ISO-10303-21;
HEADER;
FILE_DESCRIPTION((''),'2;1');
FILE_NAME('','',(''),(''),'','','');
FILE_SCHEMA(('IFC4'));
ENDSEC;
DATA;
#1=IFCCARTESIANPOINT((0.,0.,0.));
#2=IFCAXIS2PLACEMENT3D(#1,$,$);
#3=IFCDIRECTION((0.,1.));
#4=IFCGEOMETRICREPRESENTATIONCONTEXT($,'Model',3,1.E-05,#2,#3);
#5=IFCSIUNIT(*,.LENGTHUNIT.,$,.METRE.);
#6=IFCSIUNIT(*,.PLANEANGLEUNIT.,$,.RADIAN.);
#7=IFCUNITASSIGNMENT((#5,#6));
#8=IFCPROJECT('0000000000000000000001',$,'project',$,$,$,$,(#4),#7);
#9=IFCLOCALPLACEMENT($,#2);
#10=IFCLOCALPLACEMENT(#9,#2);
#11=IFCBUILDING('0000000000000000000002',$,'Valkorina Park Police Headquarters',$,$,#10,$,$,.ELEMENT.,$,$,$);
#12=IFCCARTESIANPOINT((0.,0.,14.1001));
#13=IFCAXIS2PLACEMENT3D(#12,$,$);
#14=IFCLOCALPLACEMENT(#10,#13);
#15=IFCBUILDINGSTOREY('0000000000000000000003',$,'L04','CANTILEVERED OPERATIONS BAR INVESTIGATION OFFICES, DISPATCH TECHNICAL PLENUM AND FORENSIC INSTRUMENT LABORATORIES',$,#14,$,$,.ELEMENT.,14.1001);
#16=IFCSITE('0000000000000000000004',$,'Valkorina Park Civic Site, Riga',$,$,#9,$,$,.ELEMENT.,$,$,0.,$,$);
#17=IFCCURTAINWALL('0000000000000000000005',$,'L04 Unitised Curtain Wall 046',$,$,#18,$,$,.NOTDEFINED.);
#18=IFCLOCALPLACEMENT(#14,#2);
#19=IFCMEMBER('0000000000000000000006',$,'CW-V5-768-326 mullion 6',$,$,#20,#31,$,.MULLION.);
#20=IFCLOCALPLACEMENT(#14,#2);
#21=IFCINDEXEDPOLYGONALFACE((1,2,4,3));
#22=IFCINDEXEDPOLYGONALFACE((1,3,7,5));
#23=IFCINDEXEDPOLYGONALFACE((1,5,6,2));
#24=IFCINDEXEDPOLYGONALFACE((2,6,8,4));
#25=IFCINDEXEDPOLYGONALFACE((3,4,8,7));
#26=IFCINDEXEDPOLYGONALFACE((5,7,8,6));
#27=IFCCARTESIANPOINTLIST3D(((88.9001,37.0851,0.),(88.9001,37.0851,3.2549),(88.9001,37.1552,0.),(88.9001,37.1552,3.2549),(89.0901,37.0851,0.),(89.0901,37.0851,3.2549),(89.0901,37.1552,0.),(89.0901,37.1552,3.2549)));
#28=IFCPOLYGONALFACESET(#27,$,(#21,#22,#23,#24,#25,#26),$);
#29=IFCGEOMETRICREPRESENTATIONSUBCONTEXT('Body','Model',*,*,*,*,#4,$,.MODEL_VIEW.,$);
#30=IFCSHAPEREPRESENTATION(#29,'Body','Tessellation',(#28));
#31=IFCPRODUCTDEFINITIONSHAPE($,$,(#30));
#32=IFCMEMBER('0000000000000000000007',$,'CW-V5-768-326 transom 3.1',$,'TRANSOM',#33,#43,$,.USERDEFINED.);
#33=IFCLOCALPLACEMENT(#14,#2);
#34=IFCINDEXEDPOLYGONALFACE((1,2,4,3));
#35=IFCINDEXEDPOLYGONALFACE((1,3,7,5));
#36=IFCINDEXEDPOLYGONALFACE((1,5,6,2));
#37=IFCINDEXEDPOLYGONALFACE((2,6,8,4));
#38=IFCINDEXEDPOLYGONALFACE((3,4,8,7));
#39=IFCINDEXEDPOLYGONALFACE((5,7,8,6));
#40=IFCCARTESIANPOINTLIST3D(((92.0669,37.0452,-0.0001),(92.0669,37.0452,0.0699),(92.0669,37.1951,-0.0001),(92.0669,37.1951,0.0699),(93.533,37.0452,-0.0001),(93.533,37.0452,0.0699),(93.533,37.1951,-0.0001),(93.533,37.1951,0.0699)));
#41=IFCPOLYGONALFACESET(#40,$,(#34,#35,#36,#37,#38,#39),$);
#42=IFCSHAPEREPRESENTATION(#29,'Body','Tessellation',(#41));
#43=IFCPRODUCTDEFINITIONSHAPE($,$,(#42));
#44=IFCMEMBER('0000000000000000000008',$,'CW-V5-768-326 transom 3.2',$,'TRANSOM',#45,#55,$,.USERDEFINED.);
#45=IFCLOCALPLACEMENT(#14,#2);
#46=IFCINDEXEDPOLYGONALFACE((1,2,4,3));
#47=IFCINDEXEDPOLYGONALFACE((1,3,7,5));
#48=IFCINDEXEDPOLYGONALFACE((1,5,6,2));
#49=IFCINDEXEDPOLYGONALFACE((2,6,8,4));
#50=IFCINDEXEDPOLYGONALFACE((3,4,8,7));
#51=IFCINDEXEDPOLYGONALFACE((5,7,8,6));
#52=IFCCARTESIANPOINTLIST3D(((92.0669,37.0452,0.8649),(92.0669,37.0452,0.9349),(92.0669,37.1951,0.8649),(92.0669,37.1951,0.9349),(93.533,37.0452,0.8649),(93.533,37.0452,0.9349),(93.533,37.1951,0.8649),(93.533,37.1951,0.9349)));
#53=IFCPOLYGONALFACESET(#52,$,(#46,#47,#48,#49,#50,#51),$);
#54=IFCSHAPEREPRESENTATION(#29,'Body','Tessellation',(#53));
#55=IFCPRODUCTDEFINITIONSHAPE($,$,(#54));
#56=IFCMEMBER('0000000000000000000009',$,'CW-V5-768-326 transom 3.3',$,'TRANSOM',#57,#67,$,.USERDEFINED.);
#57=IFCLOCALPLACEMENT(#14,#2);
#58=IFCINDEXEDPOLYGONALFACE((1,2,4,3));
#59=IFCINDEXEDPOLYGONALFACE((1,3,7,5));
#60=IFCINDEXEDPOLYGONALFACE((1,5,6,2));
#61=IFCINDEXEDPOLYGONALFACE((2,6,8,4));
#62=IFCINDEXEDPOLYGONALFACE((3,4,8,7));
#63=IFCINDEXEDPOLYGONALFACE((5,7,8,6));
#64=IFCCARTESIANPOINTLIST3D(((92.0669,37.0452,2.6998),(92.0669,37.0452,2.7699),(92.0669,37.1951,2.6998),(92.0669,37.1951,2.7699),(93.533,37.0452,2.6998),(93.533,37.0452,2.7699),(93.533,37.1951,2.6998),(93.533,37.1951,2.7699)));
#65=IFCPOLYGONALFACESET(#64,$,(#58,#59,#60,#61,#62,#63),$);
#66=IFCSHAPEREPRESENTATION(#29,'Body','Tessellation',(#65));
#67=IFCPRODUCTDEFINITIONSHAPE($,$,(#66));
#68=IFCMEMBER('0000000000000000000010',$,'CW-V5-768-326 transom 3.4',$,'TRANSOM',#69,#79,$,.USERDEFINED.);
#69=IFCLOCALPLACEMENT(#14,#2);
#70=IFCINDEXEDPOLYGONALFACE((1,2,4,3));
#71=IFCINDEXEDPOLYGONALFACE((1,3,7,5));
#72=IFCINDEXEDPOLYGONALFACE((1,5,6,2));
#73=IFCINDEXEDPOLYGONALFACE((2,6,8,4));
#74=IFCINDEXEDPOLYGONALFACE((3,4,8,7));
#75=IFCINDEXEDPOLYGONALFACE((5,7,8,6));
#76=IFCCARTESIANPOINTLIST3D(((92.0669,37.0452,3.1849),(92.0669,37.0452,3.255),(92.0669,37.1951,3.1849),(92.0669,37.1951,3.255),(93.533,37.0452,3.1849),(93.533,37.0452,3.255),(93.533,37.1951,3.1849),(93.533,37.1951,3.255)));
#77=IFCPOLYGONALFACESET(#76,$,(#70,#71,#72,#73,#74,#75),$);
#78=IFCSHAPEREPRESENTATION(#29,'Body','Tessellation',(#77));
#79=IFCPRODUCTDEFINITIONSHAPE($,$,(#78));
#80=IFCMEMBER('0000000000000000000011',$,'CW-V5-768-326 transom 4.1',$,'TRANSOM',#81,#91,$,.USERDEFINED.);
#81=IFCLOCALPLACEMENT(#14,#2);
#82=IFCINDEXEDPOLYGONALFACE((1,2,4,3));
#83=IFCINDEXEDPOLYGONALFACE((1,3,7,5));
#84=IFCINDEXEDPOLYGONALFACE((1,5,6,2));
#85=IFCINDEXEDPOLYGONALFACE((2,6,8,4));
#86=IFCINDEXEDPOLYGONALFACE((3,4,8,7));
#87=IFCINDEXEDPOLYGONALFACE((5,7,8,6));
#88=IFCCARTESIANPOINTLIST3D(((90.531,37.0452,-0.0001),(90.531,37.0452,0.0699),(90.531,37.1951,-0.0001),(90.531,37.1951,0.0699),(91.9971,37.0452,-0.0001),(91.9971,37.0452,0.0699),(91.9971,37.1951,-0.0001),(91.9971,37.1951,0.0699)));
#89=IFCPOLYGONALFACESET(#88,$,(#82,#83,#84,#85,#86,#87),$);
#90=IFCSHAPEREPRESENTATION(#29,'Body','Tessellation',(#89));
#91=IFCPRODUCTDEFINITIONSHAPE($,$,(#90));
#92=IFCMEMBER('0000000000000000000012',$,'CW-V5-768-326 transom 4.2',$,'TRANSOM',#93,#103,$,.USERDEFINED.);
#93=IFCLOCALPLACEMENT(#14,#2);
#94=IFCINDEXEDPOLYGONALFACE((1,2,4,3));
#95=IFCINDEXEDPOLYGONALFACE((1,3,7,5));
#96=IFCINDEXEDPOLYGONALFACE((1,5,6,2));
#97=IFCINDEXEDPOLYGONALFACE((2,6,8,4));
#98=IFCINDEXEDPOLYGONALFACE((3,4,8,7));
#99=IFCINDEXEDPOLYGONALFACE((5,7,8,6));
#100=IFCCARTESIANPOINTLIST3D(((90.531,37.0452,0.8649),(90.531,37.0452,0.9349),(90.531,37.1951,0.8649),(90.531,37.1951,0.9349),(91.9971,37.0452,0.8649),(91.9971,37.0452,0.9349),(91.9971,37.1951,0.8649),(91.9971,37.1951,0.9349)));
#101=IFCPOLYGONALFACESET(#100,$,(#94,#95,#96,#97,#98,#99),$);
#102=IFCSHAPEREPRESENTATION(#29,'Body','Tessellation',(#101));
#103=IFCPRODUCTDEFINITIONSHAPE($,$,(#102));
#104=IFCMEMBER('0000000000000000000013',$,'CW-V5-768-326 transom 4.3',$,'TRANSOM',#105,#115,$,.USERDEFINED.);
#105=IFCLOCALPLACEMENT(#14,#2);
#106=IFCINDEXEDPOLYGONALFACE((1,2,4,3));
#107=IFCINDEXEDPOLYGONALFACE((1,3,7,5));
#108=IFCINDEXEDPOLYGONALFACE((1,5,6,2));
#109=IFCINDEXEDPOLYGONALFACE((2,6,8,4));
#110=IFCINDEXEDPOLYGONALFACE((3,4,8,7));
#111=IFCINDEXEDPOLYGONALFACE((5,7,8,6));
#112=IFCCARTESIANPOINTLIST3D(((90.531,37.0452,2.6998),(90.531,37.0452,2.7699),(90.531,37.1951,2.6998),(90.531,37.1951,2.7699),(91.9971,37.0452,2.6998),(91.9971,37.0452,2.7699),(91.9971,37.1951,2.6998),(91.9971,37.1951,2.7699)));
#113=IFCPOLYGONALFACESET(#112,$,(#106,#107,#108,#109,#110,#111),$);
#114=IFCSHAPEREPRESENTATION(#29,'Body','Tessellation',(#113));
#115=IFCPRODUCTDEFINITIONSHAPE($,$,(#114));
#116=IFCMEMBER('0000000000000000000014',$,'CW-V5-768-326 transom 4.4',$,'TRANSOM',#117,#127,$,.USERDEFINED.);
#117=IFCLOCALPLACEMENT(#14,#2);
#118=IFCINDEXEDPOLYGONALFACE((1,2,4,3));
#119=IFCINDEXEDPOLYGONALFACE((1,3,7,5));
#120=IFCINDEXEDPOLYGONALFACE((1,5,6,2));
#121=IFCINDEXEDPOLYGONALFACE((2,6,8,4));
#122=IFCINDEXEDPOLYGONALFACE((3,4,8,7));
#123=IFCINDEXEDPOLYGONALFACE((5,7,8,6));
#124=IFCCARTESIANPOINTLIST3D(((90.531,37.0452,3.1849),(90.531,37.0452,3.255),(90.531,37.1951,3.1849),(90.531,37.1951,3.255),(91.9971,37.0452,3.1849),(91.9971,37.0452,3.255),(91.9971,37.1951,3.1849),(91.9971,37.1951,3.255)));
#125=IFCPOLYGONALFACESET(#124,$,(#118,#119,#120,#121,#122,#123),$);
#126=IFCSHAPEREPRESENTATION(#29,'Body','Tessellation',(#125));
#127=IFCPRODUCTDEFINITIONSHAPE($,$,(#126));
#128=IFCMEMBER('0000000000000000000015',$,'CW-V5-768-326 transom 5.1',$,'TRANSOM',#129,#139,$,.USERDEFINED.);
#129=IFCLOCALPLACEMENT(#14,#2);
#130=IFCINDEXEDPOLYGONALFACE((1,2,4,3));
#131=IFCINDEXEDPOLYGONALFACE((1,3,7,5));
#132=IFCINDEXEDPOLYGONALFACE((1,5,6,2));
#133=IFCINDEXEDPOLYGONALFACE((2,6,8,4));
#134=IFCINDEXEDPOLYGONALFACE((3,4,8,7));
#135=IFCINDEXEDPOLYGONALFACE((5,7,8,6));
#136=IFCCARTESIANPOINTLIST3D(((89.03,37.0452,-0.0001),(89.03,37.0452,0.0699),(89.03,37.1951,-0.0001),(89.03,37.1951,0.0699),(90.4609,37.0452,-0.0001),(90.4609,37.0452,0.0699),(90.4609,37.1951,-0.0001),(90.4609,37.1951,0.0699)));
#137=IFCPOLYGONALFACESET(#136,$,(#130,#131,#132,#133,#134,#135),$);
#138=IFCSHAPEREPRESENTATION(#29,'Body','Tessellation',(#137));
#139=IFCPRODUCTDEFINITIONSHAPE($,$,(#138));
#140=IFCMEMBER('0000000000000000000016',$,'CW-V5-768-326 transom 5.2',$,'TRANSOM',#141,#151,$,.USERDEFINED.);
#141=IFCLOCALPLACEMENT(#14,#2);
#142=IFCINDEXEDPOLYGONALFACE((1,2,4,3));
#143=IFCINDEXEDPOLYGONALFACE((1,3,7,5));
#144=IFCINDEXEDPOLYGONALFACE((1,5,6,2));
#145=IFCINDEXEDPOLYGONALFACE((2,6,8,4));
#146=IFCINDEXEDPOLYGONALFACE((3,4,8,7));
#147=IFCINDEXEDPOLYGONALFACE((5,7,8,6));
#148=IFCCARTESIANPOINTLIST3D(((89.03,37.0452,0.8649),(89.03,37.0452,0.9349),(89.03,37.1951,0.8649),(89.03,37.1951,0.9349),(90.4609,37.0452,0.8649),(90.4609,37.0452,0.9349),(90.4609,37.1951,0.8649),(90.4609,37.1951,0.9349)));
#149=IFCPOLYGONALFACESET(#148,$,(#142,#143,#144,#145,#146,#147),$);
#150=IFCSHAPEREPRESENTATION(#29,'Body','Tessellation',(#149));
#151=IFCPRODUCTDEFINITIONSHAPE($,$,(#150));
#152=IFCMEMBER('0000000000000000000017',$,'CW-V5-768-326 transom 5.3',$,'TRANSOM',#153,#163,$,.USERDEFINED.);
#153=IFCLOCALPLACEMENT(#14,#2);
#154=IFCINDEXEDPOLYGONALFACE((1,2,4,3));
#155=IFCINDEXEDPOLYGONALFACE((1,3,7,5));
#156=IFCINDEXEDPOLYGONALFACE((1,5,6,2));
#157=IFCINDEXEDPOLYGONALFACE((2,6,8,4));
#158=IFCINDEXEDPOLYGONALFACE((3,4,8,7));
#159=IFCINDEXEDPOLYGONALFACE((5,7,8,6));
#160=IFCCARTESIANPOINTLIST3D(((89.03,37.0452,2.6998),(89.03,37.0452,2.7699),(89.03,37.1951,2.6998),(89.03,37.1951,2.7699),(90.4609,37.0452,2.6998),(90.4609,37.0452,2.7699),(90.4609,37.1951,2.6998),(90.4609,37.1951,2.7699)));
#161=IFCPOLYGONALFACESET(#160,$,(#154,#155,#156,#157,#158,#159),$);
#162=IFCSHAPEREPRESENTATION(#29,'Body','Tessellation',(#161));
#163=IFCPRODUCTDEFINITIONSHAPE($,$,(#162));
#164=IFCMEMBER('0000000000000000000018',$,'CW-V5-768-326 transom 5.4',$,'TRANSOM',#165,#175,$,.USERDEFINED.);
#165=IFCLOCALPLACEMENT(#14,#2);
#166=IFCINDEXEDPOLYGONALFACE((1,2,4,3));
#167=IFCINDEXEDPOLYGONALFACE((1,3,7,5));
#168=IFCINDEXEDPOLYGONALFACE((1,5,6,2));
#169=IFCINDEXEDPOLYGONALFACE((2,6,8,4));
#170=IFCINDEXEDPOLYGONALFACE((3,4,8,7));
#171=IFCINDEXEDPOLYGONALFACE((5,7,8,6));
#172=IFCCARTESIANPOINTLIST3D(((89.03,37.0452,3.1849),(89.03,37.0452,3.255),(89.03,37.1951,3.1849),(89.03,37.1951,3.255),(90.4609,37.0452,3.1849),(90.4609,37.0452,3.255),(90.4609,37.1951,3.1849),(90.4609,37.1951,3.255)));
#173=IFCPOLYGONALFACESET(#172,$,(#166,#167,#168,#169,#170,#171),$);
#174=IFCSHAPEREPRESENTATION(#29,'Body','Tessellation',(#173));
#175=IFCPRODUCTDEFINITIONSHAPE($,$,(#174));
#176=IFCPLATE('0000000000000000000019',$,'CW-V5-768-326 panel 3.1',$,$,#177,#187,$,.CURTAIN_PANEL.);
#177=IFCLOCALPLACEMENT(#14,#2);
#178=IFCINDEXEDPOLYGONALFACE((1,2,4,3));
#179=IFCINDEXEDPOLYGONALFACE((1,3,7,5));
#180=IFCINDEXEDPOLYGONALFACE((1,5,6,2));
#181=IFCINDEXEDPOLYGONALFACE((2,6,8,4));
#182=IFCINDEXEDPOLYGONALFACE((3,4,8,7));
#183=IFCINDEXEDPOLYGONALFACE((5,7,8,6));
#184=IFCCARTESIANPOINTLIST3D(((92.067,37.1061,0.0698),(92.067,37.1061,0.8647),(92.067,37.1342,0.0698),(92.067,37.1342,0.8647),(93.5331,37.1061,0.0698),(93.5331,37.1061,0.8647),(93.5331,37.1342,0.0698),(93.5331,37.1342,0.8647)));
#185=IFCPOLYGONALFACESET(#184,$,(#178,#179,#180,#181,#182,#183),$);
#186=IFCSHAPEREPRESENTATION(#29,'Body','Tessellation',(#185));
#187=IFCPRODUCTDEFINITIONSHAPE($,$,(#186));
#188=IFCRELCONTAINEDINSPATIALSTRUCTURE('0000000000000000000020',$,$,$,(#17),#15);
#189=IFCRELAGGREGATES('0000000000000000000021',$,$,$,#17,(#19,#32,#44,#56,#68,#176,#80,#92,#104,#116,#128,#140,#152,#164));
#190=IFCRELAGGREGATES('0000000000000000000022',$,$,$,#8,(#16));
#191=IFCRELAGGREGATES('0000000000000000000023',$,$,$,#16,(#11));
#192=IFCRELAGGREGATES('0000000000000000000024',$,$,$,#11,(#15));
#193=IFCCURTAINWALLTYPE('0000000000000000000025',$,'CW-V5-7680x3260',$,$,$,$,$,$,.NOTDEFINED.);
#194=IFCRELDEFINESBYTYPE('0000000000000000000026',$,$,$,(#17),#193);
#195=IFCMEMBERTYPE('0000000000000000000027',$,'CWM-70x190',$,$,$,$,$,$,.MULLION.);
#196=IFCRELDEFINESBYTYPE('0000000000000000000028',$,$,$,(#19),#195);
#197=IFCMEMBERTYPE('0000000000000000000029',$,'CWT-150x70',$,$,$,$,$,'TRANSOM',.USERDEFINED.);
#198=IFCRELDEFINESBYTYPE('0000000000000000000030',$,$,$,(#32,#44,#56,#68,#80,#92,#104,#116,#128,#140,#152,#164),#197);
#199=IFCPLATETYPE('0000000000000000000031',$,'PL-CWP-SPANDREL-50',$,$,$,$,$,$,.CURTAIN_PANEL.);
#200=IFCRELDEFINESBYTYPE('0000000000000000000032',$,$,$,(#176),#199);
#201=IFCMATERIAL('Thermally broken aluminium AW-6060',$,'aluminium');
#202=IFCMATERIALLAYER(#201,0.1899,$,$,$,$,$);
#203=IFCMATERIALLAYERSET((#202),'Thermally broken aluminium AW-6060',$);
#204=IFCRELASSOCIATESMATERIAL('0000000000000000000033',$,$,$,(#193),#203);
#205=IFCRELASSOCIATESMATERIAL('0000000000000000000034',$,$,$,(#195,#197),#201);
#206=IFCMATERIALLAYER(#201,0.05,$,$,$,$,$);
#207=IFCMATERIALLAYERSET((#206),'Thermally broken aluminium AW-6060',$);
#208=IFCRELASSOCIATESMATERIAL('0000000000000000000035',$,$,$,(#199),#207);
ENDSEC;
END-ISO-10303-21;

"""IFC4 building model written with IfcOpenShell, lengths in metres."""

from ifc_helpers import new_model, si_unit, direction, frame, origin, origin_2d, place, context, subcontext, project, spatial, rectangle, extrude, material, layer, layer_set, material_profile, profile_set, type_object, element, aggregate, save


model = new_model("IFC4")

# Units and contexts
model_context = context("Model", 3, precision=1e-05, world=origin(), true_north=direction((0.0, 1.0)))
body_context = subcontext(model_context, "Body", "Model", "MODEL_VIEW")
ifc_project = project(units=[si_unit("LENGTHUNIT", "METRE"), si_unit("PLANEANGLEUNIT", "RADIAN")], contexts=[model_context])

# Site, building, storey
site_placement = place(None, origin())
site = spatial("IfcSite", under=ifc_project, at=site_placement, Name="Valkorina Park Civic Site, Riga", CompositionType="ELEMENT", RefElevation=0.0)
building_placement = place(site_placement, origin())
building = spatial("IfcBuilding", under=site, at=building_placement, Name="Valkorina Park Police Headquarters", CompositionType="ELEMENT")
storey_placement = place(building_placement, frame((0.0, 0.0, 14.1001)))
storey = spatial("IfcBuildingStorey", under=building, at=storey_placement, Name="L04", Description="CANTILEVERED OPERATIONS BAR INVESTIGATION OFFICES, DISPATCH TECHNICAL PLENUM AND FORENSIC INSTRUMENT LABORATORIES", CompositionType="ELEMENT", Elevation=14.1001)

# Curtain wall, members, plate
ifc_material_1 = material(Name="Thermally broken aluminium AW-6060", Category="aluminium")
ifc_layer_1 = layer(ifc_material_1, 0.1899)
ifc_layer_set_1 = layer_set([ifc_layer_1], Name="Thermally broken aluminium AW-6060")
curtain_wall_type = type_object("IfcCurtainWallType", Name="CW-V5-7680x3260", PredefinedType="NOTDEFINED", material=ifc_layer_set_1)
curtain_wall_placement = place(storey_placement, origin())
curtain_wall = element("IfcCurtainWall", 1, at=curtain_wall_placement, inside=storey, type_object=curtain_wall_type, Name="L04 Unitised Curtain Wall 046", PredefinedType="NOTDEFINED")
ifc_material_profile_1 = material_profile(ifc_material_1, rectangle(XDim=0.0701, YDim=0.1899, at=origin_2d()), Name="CWM-02 70x190")
ifc_profile_set_1 = profile_set([ifc_material_profile_1], Name="Thermally broken aluminium AW-6060")
member_type_1 = type_object("IfcMemberType", Name="CWM-70x190", PredefinedType="MULLION", material=ifc_profile_set_1)
member_1_placement = place(storey_placement, frame((88.9951, 37.1201, 0.0), z_axis=(0.0, 0.0, 1.0), x_axis=(0.0, -1.0, 0.0)))
member_1 = element("IfcMember", 2, at=member_1_placement, type_object=member_type_1, Name="CW-V5-768-326 mullion 6", PredefinedType="MULLION", context=body_context, shape_type="SweptSolid", body=[
    extrude(rectangle(XDim=0.0701, YDim=0.1899, at=origin_2d()), origin(), (0.0, 0.0, 1.0), 3.2549),
])
ifc_material_profile_2 = material_profile(ifc_material_1, rectangle(XDim=0.1499, YDim=0.0701, at=origin_2d()), Name="CWT-02 150x70")
ifc_profile_set_2 = profile_set([ifc_material_profile_2], Name="Thermally broken aluminium AW-6060")
member_type_2 = type_object("IfcMemberType", Name="CWT-150x70", ElementType="TRANSOM", PredefinedType="USERDEFINED", material=ifc_profile_set_2)
member_2_placement = place(storey_placement, frame((93.533, 37.1201, 0.0349), z_axis=(-1.0, 0.0, 0.0), x_axis=(0.0, -1.0, 0.0)))
member_2 = element("IfcMember", 3, at=member_2_placement, type_object=member_type_2, Name="CW-V5-768-326 transom 3.1", ObjectType="TRANSOM", PredefinedType="USERDEFINED", context=body_context, shape_type="SweptSolid", body=[
    extrude(rectangle(XDim=0.1499, YDim=0.0701, at=origin_2d()), origin(), (0.0, 0.0, 1.0), 1.4661),
])
member_3_placement = place(storey_placement, frame((93.533, 37.1201, 0.8999), z_axis=(-1.0, 0.0, 0.0), x_axis=(0.0, -1.0, 0.0)))
member_3 = element("IfcMember", 4, at=member_3_placement, type_object=member_type_2, Name="CW-V5-768-326 transom 3.2", ObjectType="TRANSOM", PredefinedType="USERDEFINED", context=body_context, shape_type="SweptSolid", body=[
    extrude(rectangle(XDim=0.1499, YDim=0.0701, at=origin_2d()), origin(), (0.0, 0.0, 1.0), 1.4661),
])
member_4_placement = place(storey_placement, frame((93.533, 37.1201, 2.7349), z_axis=(-1.0, 0.0, 0.0), x_axis=(0.0, -1.0, 0.0)))
member_4 = element("IfcMember", 5, at=member_4_placement, type_object=member_type_2, Name="CW-V5-768-326 transom 3.3", ObjectType="TRANSOM", PredefinedType="USERDEFINED", context=body_context, shape_type="SweptSolid", body=[
    extrude(rectangle(XDim=0.1499, YDim=0.0701, at=origin_2d()), origin(), (0.0, 0.0, 1.0), 1.4661),
])
member_5_placement = place(storey_placement, frame((93.533, 37.1201, 3.22), z_axis=(-1.0, 0.0, 0.0), x_axis=(0.0, -1.0, 0.0)))
member_5 = element("IfcMember", 6, at=member_5_placement, type_object=member_type_2, Name="CW-V5-768-326 transom 3.4", ObjectType="TRANSOM", PredefinedType="USERDEFINED", context=body_context, shape_type="SweptSolid", body=[
    extrude(rectangle(XDim=0.1499, YDim=0.0701, at=origin_2d()), origin(), (0.0, 0.0, 1.0), 1.4661),
])
member_6_placement = place(storey_placement, frame((91.9971, 37.1201, 0.0349), z_axis=(-1.0, 0.0, 0.0), x_axis=(0.0, -1.0, 0.0)))
member_6 = element("IfcMember", 7, at=member_6_placement, type_object=member_type_2, Name="CW-V5-768-326 transom 4.1", ObjectType="TRANSOM", PredefinedType="USERDEFINED", context=body_context, shape_type="SweptSolid", body=[
    extrude(rectangle(XDim=0.1499, YDim=0.0701, at=origin_2d()), origin(), (0.0, 0.0, 1.0), 1.4661),
])
member_7_placement = place(storey_placement, frame((91.9971, 37.1201, 0.8999), z_axis=(-1.0, 0.0, 0.0), x_axis=(0.0, -1.0, 0.0)))
member_7 = element("IfcMember", 8, at=member_7_placement, type_object=member_type_2, Name="CW-V5-768-326 transom 4.2", ObjectType="TRANSOM", PredefinedType="USERDEFINED", context=body_context, shape_type="SweptSolid", body=[
    extrude(rectangle(XDim=0.1499, YDim=0.0701, at=origin_2d()), origin(), (0.0, 0.0, 1.0), 1.4661),
])
member_8_placement = place(storey_placement, frame((91.9971, 37.1201, 2.7349), z_axis=(-1.0, 0.0, 0.0), x_axis=(0.0, -1.0, 0.0)))
member_8 = element("IfcMember", 9, at=member_8_placement, type_object=member_type_2, Name="CW-V5-768-326 transom 4.3", ObjectType="TRANSOM", PredefinedType="USERDEFINED", context=body_context, shape_type="SweptSolid", body=[
    extrude(rectangle(XDim=0.1499, YDim=0.0701, at=origin_2d()), origin(), (0.0, 0.0, 1.0), 1.4661),
])
member_9_placement = place(storey_placement, frame((91.9971, 37.1201, 3.22), z_axis=(-1.0, 0.0, 0.0), x_axis=(0.0, -1.0, 0.0)))
member_9 = element("IfcMember", 10, at=member_9_placement, type_object=member_type_2, Name="CW-V5-768-326 transom 4.4", ObjectType="TRANSOM", PredefinedType="USERDEFINED", context=body_context, shape_type="SweptSolid", body=[
    extrude(rectangle(XDim=0.1499, YDim=0.0701, at=origin_2d()), origin(), (0.0, 0.0, 1.0), 1.4661),
])
member_10_placement = place(storey_placement, frame((90.4609, 37.1201, 0.0349), z_axis=(-1.0, 0.0, 0.0), x_axis=(0.0, -1.0, 0.0)))
member_10 = element("IfcMember", 11, at=member_10_placement, type_object=member_type_2, Name="CW-V5-768-326 transom 5.1", ObjectType="TRANSOM", PredefinedType="USERDEFINED", context=body_context, shape_type="SweptSolid", body=[
    extrude(rectangle(XDim=0.1499, YDim=0.0701, at=origin_2d()), origin(), (0.0, 0.0, 1.0), 1.4309),
])
member_11_placement = place(storey_placement, frame((90.4609, 37.1201, 0.8999), z_axis=(-1.0, 0.0, 0.0), x_axis=(0.0, -1.0, 0.0)))
member_11 = element("IfcMember", 12, at=member_11_placement, type_object=member_type_2, Name="CW-V5-768-326 transom 5.2", ObjectType="TRANSOM", PredefinedType="USERDEFINED", context=body_context, shape_type="SweptSolid", body=[
    extrude(rectangle(XDim=0.1499, YDim=0.0701, at=origin_2d()), origin(), (0.0, 0.0, 1.0), 1.4309),
])
member_12_placement = place(storey_placement, frame((90.4609, 37.1201, 2.7349), z_axis=(-1.0, 0.0, 0.0), x_axis=(0.0, -1.0, 0.0)))
member_12 = element("IfcMember", 13, at=member_12_placement, type_object=member_type_2, Name="CW-V5-768-326 transom 5.3", ObjectType="TRANSOM", PredefinedType="USERDEFINED", context=body_context, shape_type="SweptSolid", body=[
    extrude(rectangle(XDim=0.1499, YDim=0.0701, at=origin_2d()), origin(), (0.0, 0.0, 1.0), 1.4309),
])
member_13_placement = place(storey_placement, frame((90.4609, 37.1201, 3.22), z_axis=(-1.0, 0.0, 0.0), x_axis=(0.0, -1.0, 0.0)))
member_13 = element("IfcMember", 14, at=member_13_placement, type_object=member_type_2, Name="CW-V5-768-326 transom 5.4", ObjectType="TRANSOM", PredefinedType="USERDEFINED", context=body_context, shape_type="SweptSolid", body=[
    extrude(rectangle(XDim=0.1499, YDim=0.0701, at=origin_2d()), origin(), (0.0, 0.0, 1.0), 1.4309),
])
ifc_layer_2 = layer(ifc_material_1, 0.05)
ifc_layer_set_2 = layer_set([ifc_layer_2], Name="Thermally broken aluminium AW-6060")
plate_type_1 = type_object("IfcPlateType", Name="PL-CWP-SPANDREL-50", PredefinedType="CURTAIN_PANEL", material=ifc_layer_set_2)
plate_1_placement = place(storey_placement, frame((92.8, 37.1201, 0.0698), z_axis=(0.0, 0.0, 1.0), x_axis=(-1.0, 0.0, 0.0)))
plate_1 = element("IfcPlate", 15, at=plate_1_placement, type_object=plate_type_1, Name="CW-V5-768-326 panel 3.1", PredefinedType="CURTAIN_PANEL", context=body_context, shape_type="SweptSolid", body=[
    extrude(rectangle(XDim=1.4661, YDim=0.0281, at=origin_2d()), origin(), (0.0, 0.0, 1.0), 0.7949),
])
aggregate(curtain_wall, [member_1, member_2, member_3, member_4, member_5, plate_1, member_6, member_7, member_8, member_9, member_10, member_11, member_12, member_13])

save(model, "model.ifc")
